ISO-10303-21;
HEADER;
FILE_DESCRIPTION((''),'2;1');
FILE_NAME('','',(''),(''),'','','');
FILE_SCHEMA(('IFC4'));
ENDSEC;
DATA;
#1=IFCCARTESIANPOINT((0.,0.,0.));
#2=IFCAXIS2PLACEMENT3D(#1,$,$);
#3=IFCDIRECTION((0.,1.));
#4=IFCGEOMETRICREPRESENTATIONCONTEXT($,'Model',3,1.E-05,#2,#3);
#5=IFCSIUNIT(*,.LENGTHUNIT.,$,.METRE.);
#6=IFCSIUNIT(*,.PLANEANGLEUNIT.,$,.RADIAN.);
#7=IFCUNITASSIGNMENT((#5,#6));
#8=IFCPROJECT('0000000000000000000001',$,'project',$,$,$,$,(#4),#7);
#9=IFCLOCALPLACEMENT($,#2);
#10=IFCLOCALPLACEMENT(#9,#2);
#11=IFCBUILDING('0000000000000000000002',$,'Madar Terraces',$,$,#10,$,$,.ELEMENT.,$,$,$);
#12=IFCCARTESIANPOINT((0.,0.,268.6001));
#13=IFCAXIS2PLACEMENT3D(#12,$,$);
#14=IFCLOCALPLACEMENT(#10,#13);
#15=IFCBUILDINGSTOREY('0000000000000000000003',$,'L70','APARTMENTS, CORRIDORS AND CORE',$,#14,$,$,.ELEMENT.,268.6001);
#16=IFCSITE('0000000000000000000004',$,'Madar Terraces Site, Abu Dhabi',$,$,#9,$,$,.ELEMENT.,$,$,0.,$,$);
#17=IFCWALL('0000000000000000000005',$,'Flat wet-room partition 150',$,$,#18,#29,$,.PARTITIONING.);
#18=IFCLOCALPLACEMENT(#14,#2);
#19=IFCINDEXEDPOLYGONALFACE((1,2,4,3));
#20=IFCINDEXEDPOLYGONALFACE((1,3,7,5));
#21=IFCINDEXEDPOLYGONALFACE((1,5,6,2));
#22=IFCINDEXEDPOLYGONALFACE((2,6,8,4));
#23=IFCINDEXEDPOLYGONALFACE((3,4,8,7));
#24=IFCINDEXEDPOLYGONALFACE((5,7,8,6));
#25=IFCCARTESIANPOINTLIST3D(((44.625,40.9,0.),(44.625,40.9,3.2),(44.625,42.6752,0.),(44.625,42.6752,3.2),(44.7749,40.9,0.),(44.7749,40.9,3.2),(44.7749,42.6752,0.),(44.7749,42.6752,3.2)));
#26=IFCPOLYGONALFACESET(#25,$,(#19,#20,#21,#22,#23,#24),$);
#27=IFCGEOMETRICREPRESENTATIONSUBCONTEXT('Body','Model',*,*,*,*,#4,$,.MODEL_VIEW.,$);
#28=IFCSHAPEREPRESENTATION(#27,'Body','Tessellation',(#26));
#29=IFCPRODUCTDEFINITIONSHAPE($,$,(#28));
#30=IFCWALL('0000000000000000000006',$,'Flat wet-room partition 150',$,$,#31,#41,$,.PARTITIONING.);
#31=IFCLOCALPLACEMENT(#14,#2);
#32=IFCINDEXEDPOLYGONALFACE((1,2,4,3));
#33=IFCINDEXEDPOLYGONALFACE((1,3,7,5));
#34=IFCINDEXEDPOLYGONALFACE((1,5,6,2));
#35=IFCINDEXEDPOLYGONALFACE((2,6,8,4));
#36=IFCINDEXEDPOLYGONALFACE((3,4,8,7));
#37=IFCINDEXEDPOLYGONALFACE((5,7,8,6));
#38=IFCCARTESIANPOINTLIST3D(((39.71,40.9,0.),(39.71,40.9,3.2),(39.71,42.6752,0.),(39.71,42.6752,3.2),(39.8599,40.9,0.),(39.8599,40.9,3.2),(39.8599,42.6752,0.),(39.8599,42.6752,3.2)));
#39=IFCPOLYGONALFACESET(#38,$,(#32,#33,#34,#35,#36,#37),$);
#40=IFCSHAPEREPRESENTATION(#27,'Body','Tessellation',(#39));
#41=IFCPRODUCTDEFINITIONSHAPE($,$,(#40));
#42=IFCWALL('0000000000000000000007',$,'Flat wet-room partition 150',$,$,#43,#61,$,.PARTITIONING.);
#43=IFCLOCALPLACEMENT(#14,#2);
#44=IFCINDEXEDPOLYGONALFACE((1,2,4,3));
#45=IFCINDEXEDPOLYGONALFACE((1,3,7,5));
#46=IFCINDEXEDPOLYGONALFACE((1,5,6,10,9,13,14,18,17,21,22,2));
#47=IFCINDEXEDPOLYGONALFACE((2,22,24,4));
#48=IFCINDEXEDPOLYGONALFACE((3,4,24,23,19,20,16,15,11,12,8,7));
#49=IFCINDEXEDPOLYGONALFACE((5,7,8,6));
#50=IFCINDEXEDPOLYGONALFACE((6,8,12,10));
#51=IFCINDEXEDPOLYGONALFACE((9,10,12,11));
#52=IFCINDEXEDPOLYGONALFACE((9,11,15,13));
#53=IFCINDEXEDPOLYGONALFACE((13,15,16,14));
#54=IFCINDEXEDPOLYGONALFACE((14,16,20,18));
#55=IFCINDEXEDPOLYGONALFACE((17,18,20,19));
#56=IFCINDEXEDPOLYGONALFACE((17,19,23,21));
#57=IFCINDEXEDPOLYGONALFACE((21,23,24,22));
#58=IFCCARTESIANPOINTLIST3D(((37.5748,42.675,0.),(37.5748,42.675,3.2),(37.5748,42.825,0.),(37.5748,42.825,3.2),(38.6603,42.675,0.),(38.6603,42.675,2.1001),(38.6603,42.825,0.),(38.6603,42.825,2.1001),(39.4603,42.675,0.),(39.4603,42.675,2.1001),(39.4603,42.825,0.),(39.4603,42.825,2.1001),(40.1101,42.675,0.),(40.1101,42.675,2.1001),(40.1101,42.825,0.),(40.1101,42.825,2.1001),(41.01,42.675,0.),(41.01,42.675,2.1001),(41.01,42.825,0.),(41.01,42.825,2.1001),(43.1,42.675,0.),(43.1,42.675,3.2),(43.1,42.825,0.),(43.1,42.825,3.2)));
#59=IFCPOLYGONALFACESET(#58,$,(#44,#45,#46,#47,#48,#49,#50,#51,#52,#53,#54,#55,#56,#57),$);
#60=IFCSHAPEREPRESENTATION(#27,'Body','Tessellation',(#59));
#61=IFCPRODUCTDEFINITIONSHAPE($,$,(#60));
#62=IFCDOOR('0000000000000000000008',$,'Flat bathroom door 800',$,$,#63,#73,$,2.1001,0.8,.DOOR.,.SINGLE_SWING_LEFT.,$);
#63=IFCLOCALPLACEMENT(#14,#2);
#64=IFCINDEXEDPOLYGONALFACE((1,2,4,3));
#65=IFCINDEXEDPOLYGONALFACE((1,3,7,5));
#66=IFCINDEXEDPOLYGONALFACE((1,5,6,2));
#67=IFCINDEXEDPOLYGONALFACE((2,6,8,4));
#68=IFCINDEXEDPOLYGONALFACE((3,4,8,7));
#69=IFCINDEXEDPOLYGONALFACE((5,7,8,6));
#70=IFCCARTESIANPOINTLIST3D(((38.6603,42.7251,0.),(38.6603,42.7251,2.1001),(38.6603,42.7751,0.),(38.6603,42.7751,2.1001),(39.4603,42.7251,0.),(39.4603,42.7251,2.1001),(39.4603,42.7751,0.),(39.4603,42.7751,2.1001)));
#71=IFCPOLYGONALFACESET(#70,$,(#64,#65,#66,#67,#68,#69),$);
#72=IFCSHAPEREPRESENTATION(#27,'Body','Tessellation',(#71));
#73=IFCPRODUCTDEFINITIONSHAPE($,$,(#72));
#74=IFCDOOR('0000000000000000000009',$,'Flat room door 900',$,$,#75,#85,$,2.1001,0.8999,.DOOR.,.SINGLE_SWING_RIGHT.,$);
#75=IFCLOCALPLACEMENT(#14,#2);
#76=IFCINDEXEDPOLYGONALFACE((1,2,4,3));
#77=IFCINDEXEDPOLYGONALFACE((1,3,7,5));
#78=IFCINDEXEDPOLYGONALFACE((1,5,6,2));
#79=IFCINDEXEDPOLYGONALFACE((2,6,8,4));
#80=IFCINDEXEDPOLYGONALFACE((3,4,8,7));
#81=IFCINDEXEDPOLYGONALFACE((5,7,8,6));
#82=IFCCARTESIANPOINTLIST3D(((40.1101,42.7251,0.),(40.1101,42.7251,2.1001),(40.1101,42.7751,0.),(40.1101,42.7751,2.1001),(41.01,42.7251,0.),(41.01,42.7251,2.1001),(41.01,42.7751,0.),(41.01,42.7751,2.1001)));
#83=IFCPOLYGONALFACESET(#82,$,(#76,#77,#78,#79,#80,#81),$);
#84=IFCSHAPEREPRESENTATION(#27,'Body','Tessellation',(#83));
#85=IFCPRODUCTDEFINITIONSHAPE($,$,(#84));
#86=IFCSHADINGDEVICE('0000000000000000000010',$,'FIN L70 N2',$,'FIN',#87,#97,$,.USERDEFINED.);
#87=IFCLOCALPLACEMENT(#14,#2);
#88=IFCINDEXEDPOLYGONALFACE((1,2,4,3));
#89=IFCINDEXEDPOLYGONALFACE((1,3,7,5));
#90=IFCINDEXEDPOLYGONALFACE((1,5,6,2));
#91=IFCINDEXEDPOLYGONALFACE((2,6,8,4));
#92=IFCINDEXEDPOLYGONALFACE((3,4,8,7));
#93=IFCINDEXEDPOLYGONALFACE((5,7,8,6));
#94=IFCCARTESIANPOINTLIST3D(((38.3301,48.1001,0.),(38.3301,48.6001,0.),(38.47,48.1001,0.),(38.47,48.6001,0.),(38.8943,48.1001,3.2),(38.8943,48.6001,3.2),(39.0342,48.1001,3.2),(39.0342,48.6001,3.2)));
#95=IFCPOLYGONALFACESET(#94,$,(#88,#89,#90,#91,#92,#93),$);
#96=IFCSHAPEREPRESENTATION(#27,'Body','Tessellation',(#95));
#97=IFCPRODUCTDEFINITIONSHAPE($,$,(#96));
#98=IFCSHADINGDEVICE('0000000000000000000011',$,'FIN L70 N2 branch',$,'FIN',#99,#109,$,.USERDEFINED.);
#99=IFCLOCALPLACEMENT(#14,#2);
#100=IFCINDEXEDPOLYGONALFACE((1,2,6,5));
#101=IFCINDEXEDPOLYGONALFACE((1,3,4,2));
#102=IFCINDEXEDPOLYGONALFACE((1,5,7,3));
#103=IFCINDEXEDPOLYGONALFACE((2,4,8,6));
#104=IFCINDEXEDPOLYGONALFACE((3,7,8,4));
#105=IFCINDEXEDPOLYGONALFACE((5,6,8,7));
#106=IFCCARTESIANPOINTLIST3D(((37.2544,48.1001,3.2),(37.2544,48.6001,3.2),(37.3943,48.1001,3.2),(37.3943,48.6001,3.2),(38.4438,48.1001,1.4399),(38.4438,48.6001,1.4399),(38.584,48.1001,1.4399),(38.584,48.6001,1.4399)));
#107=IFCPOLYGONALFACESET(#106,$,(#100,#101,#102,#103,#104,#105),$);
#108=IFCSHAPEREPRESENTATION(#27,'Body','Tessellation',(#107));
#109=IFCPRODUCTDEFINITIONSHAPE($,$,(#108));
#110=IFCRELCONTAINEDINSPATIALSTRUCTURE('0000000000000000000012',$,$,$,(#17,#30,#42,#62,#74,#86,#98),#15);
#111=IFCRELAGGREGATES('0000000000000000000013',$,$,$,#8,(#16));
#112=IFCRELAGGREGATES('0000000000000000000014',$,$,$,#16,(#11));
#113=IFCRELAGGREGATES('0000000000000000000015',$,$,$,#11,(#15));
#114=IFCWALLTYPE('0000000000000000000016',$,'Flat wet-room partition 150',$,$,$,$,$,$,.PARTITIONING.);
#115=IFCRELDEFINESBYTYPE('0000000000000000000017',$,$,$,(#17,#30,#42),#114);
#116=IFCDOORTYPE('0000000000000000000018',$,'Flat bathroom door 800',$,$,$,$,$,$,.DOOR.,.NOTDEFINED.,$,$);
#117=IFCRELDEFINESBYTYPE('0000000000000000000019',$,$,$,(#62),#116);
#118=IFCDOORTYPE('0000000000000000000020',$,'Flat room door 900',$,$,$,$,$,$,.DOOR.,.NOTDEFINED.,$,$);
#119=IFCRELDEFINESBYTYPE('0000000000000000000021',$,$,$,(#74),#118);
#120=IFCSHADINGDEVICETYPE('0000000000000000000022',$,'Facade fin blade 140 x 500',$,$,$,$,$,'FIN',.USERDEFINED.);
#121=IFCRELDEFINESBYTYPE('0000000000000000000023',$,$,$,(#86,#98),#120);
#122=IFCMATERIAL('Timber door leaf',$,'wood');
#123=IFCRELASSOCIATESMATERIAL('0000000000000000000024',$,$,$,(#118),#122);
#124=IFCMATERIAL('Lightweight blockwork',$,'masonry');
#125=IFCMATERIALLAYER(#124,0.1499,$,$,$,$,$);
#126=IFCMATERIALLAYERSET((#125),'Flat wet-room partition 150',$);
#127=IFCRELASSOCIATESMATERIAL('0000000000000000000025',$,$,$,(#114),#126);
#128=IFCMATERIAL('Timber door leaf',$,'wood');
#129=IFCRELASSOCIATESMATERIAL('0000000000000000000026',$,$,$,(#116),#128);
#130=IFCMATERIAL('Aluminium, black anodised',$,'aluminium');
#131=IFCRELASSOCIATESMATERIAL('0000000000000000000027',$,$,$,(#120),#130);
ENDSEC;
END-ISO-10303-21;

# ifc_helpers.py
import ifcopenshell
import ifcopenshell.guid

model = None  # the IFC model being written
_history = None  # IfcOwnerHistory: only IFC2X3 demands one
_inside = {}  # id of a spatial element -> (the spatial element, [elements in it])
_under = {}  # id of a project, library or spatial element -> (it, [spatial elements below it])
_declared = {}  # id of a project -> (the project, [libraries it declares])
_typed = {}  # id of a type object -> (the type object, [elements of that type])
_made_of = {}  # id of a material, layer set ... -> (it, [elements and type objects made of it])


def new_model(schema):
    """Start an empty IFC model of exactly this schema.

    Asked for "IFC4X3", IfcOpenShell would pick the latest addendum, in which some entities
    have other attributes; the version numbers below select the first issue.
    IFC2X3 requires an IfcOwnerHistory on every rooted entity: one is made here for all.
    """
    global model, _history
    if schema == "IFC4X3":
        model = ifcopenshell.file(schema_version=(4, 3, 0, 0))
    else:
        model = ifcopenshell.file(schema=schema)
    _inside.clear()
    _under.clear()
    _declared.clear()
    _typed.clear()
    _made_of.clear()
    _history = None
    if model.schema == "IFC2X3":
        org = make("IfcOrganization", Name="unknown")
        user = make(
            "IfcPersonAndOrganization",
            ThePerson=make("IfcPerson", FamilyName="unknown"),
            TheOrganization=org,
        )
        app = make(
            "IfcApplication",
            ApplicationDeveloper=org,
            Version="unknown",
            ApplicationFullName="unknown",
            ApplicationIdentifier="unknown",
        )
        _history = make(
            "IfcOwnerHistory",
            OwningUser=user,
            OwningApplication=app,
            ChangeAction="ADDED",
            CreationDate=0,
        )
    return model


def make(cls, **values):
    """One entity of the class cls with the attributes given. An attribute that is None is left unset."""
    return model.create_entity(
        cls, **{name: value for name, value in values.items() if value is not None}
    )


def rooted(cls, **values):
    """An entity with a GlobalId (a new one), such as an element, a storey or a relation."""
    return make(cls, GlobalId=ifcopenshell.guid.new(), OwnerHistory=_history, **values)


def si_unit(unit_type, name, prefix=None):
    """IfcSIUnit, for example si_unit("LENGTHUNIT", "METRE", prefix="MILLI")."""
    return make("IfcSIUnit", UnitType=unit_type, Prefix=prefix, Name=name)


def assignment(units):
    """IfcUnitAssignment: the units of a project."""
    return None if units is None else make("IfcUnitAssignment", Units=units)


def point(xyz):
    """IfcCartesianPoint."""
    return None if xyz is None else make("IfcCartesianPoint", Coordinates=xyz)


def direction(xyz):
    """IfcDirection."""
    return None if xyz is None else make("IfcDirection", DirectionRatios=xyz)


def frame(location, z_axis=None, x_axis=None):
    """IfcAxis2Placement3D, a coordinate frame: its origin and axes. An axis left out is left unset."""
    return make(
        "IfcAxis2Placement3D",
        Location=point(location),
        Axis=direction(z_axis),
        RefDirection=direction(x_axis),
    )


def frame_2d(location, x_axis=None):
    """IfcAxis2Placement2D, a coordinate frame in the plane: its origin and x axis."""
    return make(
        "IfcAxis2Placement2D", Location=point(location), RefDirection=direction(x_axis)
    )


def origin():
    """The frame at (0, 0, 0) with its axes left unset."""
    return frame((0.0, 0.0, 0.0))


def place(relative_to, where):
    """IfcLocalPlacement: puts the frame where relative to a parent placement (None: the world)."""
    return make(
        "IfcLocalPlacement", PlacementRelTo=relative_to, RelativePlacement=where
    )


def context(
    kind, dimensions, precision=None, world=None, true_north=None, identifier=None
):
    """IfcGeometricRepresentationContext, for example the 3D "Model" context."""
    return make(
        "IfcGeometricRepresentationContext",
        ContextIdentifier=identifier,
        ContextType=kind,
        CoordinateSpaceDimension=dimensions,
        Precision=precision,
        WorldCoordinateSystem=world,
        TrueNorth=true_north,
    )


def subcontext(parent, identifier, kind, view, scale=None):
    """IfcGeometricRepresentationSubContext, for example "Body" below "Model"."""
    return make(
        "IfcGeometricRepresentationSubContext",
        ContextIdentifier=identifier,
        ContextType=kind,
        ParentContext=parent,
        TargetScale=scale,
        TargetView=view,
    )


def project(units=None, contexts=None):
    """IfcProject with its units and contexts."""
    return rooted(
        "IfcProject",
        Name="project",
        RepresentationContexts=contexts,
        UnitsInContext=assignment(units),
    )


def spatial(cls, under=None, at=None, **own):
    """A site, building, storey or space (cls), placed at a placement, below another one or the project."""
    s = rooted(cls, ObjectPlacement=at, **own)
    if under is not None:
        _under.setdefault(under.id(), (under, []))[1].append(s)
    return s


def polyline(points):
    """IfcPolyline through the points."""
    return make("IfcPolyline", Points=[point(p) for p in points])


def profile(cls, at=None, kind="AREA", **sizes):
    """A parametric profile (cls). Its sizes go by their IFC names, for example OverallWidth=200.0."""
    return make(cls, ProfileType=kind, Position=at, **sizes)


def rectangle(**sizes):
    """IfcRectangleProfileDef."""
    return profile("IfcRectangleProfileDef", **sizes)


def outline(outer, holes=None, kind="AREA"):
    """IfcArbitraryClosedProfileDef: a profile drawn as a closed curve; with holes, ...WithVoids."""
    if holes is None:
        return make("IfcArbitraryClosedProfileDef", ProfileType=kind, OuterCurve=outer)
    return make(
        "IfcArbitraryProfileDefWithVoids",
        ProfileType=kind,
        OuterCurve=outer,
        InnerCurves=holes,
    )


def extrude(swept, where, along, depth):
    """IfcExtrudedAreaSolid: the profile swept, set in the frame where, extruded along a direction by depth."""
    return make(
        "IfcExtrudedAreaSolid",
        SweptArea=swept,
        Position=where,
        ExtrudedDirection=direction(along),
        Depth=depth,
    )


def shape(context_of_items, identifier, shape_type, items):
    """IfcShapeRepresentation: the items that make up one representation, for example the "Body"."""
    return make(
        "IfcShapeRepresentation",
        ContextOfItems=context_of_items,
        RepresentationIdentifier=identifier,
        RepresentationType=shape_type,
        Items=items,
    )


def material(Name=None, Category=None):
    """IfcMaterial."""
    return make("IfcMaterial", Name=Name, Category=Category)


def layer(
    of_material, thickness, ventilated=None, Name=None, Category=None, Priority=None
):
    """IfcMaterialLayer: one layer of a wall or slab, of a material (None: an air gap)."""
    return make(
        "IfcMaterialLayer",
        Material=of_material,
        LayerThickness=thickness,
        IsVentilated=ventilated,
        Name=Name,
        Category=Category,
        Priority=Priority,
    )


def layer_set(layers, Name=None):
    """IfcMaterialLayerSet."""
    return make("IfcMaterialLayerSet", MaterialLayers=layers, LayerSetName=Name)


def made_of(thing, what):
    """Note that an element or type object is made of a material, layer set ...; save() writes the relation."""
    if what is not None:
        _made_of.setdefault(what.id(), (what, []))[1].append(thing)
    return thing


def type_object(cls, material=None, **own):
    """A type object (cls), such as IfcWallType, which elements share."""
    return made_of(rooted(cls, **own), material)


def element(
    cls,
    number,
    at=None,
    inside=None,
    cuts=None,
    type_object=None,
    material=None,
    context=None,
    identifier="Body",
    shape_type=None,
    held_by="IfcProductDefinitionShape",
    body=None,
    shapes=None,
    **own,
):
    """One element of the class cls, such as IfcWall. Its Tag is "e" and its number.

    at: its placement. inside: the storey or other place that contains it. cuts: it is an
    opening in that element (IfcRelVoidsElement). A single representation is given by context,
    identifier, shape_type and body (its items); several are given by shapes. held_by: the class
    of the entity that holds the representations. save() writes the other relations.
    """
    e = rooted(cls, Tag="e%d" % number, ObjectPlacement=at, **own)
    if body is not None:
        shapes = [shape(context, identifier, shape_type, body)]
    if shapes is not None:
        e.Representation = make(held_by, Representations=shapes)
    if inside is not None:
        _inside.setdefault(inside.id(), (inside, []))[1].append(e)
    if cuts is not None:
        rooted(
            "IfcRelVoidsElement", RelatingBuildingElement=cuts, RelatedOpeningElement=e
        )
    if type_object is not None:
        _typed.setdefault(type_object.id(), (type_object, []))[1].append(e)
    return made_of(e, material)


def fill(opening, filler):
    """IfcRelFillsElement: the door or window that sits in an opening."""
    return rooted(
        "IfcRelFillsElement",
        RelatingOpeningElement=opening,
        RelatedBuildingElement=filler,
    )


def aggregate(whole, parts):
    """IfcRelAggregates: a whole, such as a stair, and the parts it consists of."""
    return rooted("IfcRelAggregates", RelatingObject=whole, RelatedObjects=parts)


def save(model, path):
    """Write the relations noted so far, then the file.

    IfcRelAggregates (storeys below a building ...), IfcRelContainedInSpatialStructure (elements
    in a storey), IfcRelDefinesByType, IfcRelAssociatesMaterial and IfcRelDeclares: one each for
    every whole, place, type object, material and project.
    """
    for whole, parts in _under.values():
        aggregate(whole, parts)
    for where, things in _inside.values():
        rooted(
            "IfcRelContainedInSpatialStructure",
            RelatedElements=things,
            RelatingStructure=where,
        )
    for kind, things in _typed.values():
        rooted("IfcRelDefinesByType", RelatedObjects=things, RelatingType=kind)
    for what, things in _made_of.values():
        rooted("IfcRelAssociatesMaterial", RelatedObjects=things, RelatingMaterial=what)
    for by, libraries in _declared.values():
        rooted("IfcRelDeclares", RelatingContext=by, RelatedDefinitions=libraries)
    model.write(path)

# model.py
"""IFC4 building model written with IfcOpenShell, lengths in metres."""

from ifc_helpers import new_model, si_unit, direction, frame, frame_2d, origin, place, context, subcontext, project, spatial, polyline, rectangle, outline, extrude, material, layer, layer_set, type_object, element, fill, save


model = new_model("IFC4")

# Units and contexts
model_context = context("Model", 3, precision=1e-05, world=origin(), true_north=direction((0.0, 1.0)))
body_context = subcontext(model_context, "Body", "Model", "MODEL_VIEW")
ifc_project = project(units=[si_unit("LENGTHUNIT", "METRE"), si_unit("PLANEANGLEUNIT", "RADIAN")], contexts=[model_context])

# Site, building, storey
site_placement = place(None, origin())
site = spatial("IfcSite", under=ifc_project, at=site_placement, Name="Madar Terraces Site, Abu Dhabi", CompositionType="ELEMENT", RefElevation=0.0)
building_placement = place(site_placement, origin())
building = spatial("IfcBuilding", under=site, at=building_placement, Name="Madar Terraces", CompositionType="ELEMENT")
storey_placement = place(building_placement, frame((0.0, 0.0, 268.6001)))
storey = spatial("IfcBuildingStorey", under=building, at=storey_placement, Name="L70", Description="APARTMENTS, CORRIDORS AND CORE", CompositionType="ELEMENT", Elevation=268.6001)

# Shared definitions
ifc_material_1 = material(Name="Timber door leaf", Category="wood")
door_type_1 = type_object("IfcDoorType", Name="Flat room door 900", OperationType="NOTDEFINED", PredefinedType="DOOR", material=ifc_material_1)

# Walls
ifc_material_2 = material(Name="Lightweight blockwork", Category="masonry")
ifc_layer_1 = layer(ifc_material_2, 0.1499)
ifc_layer_set_1 = layer_set([ifc_layer_1], Name="Flat wet-room partition 150")
wall_type_1 = type_object("IfcWallType", Name="Flat wet-room partition 150", PredefinedType="PARTITIONING", material=ifc_layer_set_1)
for number, where, z_axis, x_axis, name in (
    (1, (44.7, 40.8999, 0.0), (0.0, 0.0, 1.0), (0.0, 1.0, 0.0), "Flat wet-room partition 150"),
    (2, (39.7849, 40.8999, 0.0), (0.0, 0.0, 1.0), (0.0, 1.0, 0.0), "Flat wet-room partition 150"),
):
    element("IfcWall", number, at=place(storey_placement, frame(where, z_axis=z_axis, x_axis=x_axis)), inside=storey, type_object=wall_type_1, Name=name, PredefinedType="PARTITIONING", context=body_context, shape_type="SweptSolid", body=[
        extrude(rectangle(XDim=1.7751, YDim=0.1499, at=frame_2d((0.8877, 0.0))), origin(), (0.0, 0.0, 1.0), 3.2),
    ])

# Wall, openings, doors
wall_1_placement = place(storey_placement, frame((43.1001, 42.75, 0.0), z_axis=(0.0, 0.0, 1.0), x_axis=(-1.0, 0.0, 0.0)))
wall_1 = element("IfcWall", 3, at=wall_1_placement, inside=storey, type_object=wall_type_1, Name="Flat wet-room partition 150", PredefinedType="PARTITIONING", context=body_context, shape_type="SweptSolid", body=[
    extrude(rectangle(XDim=5.5251, YDim=0.1499, at=frame_2d((2.7627, 0.0))), origin(), (0.0, 0.0, 1.0), 3.2),
])
opening_1_placement = place(wall_1_placement, frame((3.6399, 0.0, 0.0)))
opening_1 = element("IfcOpeningElement", 4, at=opening_1_placement, cuts=wall_1, PredefinedType="OPENING", context=body_context, shape_type="SweptSolid", body=[
    extrude(rectangle(XDim=0.8, YDim=2.1001, at=frame_2d((0.3999, 1.05))), frame((0.0, 0.085, 0.0), z_axis=(0.0, -1.0, 0.0), x_axis=(1.0, 0.0, 0.0)), (0.0, 0.0, 1.0), 0.1699),
])
opening_2_placement = place(wall_1_placement, frame((2.0901, 0.0, 0.0)))
opening_2 = element("IfcOpeningElement", 5, at=opening_2_placement, cuts=wall_1, PredefinedType="OPENING", context=body_context, shape_type="SweptSolid", body=[
    extrude(rectangle(XDim=0.8999, YDim=2.1001, at=frame_2d((0.45, 1.05))), frame((0.0, 0.085, 0.0), z_axis=(0.0, -1.0, 0.0), x_axis=(1.0, 0.0, 0.0)), (0.0, 0.0, 1.0), 0.1699),
])
ifc_material_3 = material(Name="Timber door leaf", Category="wood")
door_type_2 = type_object("IfcDoorType", Name="Flat bathroom door 800", OperationType="NOTDEFINED", PredefinedType="DOOR", material=ifc_material_3)
door_1_placement = place(opening_1_placement, origin())
door_1 = element("IfcDoor", 6, at=door_1_placement, inside=storey, type_object=door_type_2, Name="Flat bathroom door 800", OperationType="SINGLE_SWING_LEFT", OverallHeight=2.1001, OverallWidth=0.8, PredefinedType="DOOR", context=body_context, shape_type="SweptSolid", body=[
    extrude(rectangle(XDim=0.8, YDim=2.1001, at=frame_2d((0.3999, 1.05))), frame((0.0, 0.0249, 0.0), z_axis=(0.0, -1.0, 0.0), x_axis=(1.0, 0.0, 0.0)), (0.0, 0.0, 1.0), 0.05),
])
fill(opening_1, door_1)
door_2_placement = place(opening_2_placement, origin())
door_2 = element("IfcDoor", 7, at=door_2_placement, inside=storey, type_object=door_type_1, Name="Flat room door 900", OperationType="SINGLE_SWING_RIGHT", OverallHeight=2.1001, OverallWidth=0.8999, PredefinedType="DOOR", context=body_context, shape_type="SweptSolid", body=[
    extrude(rectangle(XDim=0.8999, YDim=2.1001, at=frame_2d((0.45, 1.05))), frame((0.0, 0.0249, 0.0), z_axis=(0.0, -1.0, 0.0), x_axis=(1.0, 0.0, 0.0)), (0.0, 0.0, 1.0), 0.05),
])
fill(opening_2, door_2)

# Shading devices
ifc_material_4 = material(Name="Aluminium, black anodised", Category="aluminium")
shading_device_type = type_object("IfcShadingDeviceType", Name="Facade fin blade 140 x 500", ElementType="FIN", PredefinedType="USERDEFINED", material=ifc_material_4)
shading_device_1_placement = place(storey_placement, frame((38.47, 48.3501, 0.0), z_axis=(0.0, 0.0, 1.0), x_axis=(-1.0, 0.0, 0.0)))
element("IfcShadingDevice", 8, at=shading_device_1_placement, inside=storey, type_object=shading_device_type, Name="FIN L70 N2", ObjectType="FIN", PredefinedType="USERDEFINED", context=body_context, shape_type="SweptSolid", body=[
    extrude(outline(polyline([(0.0, 0.0), (0.1399, 0.0), (-0.4243, 3.2), (-0.5642, 3.2), (0.0, 0.0)])), frame((0.0, 0.25, 0.0), z_axis=(0.0, -1.0, 0.0), x_axis=(1.0, 0.0, 0.0)), (0.0, 0.0, 1.0), 0.5),
])
shading_device_2_placement = place(storey_placement, frame((38.584, 48.3501, 1.4399), z_axis=(0.0, 0.0, 1.0), x_axis=(-1.0, 0.0, 0.0)))
element("IfcShadingDevice", 9, at=shading_device_2_placement, inside=storey, type_object=shading_device_type, Name="FIN L70 N2 branch", ObjectType="FIN", PredefinedType="USERDEFINED", context=body_context, shape_type="SweptSolid", body=[
    extrude(outline(polyline([(0.0, 0.0), (0.1401, 0.0), (1.3296, 1.76), (1.1897, 1.76), (0.0, 0.0)])), frame((0.0, 0.25, 0.0), z_axis=(0.0, -1.0, 0.0), x_axis=(1.0, 0.0, 0.0)), (0.0, 0.0, 1.0), 0.5),
])

save(model, "model.ifc")
